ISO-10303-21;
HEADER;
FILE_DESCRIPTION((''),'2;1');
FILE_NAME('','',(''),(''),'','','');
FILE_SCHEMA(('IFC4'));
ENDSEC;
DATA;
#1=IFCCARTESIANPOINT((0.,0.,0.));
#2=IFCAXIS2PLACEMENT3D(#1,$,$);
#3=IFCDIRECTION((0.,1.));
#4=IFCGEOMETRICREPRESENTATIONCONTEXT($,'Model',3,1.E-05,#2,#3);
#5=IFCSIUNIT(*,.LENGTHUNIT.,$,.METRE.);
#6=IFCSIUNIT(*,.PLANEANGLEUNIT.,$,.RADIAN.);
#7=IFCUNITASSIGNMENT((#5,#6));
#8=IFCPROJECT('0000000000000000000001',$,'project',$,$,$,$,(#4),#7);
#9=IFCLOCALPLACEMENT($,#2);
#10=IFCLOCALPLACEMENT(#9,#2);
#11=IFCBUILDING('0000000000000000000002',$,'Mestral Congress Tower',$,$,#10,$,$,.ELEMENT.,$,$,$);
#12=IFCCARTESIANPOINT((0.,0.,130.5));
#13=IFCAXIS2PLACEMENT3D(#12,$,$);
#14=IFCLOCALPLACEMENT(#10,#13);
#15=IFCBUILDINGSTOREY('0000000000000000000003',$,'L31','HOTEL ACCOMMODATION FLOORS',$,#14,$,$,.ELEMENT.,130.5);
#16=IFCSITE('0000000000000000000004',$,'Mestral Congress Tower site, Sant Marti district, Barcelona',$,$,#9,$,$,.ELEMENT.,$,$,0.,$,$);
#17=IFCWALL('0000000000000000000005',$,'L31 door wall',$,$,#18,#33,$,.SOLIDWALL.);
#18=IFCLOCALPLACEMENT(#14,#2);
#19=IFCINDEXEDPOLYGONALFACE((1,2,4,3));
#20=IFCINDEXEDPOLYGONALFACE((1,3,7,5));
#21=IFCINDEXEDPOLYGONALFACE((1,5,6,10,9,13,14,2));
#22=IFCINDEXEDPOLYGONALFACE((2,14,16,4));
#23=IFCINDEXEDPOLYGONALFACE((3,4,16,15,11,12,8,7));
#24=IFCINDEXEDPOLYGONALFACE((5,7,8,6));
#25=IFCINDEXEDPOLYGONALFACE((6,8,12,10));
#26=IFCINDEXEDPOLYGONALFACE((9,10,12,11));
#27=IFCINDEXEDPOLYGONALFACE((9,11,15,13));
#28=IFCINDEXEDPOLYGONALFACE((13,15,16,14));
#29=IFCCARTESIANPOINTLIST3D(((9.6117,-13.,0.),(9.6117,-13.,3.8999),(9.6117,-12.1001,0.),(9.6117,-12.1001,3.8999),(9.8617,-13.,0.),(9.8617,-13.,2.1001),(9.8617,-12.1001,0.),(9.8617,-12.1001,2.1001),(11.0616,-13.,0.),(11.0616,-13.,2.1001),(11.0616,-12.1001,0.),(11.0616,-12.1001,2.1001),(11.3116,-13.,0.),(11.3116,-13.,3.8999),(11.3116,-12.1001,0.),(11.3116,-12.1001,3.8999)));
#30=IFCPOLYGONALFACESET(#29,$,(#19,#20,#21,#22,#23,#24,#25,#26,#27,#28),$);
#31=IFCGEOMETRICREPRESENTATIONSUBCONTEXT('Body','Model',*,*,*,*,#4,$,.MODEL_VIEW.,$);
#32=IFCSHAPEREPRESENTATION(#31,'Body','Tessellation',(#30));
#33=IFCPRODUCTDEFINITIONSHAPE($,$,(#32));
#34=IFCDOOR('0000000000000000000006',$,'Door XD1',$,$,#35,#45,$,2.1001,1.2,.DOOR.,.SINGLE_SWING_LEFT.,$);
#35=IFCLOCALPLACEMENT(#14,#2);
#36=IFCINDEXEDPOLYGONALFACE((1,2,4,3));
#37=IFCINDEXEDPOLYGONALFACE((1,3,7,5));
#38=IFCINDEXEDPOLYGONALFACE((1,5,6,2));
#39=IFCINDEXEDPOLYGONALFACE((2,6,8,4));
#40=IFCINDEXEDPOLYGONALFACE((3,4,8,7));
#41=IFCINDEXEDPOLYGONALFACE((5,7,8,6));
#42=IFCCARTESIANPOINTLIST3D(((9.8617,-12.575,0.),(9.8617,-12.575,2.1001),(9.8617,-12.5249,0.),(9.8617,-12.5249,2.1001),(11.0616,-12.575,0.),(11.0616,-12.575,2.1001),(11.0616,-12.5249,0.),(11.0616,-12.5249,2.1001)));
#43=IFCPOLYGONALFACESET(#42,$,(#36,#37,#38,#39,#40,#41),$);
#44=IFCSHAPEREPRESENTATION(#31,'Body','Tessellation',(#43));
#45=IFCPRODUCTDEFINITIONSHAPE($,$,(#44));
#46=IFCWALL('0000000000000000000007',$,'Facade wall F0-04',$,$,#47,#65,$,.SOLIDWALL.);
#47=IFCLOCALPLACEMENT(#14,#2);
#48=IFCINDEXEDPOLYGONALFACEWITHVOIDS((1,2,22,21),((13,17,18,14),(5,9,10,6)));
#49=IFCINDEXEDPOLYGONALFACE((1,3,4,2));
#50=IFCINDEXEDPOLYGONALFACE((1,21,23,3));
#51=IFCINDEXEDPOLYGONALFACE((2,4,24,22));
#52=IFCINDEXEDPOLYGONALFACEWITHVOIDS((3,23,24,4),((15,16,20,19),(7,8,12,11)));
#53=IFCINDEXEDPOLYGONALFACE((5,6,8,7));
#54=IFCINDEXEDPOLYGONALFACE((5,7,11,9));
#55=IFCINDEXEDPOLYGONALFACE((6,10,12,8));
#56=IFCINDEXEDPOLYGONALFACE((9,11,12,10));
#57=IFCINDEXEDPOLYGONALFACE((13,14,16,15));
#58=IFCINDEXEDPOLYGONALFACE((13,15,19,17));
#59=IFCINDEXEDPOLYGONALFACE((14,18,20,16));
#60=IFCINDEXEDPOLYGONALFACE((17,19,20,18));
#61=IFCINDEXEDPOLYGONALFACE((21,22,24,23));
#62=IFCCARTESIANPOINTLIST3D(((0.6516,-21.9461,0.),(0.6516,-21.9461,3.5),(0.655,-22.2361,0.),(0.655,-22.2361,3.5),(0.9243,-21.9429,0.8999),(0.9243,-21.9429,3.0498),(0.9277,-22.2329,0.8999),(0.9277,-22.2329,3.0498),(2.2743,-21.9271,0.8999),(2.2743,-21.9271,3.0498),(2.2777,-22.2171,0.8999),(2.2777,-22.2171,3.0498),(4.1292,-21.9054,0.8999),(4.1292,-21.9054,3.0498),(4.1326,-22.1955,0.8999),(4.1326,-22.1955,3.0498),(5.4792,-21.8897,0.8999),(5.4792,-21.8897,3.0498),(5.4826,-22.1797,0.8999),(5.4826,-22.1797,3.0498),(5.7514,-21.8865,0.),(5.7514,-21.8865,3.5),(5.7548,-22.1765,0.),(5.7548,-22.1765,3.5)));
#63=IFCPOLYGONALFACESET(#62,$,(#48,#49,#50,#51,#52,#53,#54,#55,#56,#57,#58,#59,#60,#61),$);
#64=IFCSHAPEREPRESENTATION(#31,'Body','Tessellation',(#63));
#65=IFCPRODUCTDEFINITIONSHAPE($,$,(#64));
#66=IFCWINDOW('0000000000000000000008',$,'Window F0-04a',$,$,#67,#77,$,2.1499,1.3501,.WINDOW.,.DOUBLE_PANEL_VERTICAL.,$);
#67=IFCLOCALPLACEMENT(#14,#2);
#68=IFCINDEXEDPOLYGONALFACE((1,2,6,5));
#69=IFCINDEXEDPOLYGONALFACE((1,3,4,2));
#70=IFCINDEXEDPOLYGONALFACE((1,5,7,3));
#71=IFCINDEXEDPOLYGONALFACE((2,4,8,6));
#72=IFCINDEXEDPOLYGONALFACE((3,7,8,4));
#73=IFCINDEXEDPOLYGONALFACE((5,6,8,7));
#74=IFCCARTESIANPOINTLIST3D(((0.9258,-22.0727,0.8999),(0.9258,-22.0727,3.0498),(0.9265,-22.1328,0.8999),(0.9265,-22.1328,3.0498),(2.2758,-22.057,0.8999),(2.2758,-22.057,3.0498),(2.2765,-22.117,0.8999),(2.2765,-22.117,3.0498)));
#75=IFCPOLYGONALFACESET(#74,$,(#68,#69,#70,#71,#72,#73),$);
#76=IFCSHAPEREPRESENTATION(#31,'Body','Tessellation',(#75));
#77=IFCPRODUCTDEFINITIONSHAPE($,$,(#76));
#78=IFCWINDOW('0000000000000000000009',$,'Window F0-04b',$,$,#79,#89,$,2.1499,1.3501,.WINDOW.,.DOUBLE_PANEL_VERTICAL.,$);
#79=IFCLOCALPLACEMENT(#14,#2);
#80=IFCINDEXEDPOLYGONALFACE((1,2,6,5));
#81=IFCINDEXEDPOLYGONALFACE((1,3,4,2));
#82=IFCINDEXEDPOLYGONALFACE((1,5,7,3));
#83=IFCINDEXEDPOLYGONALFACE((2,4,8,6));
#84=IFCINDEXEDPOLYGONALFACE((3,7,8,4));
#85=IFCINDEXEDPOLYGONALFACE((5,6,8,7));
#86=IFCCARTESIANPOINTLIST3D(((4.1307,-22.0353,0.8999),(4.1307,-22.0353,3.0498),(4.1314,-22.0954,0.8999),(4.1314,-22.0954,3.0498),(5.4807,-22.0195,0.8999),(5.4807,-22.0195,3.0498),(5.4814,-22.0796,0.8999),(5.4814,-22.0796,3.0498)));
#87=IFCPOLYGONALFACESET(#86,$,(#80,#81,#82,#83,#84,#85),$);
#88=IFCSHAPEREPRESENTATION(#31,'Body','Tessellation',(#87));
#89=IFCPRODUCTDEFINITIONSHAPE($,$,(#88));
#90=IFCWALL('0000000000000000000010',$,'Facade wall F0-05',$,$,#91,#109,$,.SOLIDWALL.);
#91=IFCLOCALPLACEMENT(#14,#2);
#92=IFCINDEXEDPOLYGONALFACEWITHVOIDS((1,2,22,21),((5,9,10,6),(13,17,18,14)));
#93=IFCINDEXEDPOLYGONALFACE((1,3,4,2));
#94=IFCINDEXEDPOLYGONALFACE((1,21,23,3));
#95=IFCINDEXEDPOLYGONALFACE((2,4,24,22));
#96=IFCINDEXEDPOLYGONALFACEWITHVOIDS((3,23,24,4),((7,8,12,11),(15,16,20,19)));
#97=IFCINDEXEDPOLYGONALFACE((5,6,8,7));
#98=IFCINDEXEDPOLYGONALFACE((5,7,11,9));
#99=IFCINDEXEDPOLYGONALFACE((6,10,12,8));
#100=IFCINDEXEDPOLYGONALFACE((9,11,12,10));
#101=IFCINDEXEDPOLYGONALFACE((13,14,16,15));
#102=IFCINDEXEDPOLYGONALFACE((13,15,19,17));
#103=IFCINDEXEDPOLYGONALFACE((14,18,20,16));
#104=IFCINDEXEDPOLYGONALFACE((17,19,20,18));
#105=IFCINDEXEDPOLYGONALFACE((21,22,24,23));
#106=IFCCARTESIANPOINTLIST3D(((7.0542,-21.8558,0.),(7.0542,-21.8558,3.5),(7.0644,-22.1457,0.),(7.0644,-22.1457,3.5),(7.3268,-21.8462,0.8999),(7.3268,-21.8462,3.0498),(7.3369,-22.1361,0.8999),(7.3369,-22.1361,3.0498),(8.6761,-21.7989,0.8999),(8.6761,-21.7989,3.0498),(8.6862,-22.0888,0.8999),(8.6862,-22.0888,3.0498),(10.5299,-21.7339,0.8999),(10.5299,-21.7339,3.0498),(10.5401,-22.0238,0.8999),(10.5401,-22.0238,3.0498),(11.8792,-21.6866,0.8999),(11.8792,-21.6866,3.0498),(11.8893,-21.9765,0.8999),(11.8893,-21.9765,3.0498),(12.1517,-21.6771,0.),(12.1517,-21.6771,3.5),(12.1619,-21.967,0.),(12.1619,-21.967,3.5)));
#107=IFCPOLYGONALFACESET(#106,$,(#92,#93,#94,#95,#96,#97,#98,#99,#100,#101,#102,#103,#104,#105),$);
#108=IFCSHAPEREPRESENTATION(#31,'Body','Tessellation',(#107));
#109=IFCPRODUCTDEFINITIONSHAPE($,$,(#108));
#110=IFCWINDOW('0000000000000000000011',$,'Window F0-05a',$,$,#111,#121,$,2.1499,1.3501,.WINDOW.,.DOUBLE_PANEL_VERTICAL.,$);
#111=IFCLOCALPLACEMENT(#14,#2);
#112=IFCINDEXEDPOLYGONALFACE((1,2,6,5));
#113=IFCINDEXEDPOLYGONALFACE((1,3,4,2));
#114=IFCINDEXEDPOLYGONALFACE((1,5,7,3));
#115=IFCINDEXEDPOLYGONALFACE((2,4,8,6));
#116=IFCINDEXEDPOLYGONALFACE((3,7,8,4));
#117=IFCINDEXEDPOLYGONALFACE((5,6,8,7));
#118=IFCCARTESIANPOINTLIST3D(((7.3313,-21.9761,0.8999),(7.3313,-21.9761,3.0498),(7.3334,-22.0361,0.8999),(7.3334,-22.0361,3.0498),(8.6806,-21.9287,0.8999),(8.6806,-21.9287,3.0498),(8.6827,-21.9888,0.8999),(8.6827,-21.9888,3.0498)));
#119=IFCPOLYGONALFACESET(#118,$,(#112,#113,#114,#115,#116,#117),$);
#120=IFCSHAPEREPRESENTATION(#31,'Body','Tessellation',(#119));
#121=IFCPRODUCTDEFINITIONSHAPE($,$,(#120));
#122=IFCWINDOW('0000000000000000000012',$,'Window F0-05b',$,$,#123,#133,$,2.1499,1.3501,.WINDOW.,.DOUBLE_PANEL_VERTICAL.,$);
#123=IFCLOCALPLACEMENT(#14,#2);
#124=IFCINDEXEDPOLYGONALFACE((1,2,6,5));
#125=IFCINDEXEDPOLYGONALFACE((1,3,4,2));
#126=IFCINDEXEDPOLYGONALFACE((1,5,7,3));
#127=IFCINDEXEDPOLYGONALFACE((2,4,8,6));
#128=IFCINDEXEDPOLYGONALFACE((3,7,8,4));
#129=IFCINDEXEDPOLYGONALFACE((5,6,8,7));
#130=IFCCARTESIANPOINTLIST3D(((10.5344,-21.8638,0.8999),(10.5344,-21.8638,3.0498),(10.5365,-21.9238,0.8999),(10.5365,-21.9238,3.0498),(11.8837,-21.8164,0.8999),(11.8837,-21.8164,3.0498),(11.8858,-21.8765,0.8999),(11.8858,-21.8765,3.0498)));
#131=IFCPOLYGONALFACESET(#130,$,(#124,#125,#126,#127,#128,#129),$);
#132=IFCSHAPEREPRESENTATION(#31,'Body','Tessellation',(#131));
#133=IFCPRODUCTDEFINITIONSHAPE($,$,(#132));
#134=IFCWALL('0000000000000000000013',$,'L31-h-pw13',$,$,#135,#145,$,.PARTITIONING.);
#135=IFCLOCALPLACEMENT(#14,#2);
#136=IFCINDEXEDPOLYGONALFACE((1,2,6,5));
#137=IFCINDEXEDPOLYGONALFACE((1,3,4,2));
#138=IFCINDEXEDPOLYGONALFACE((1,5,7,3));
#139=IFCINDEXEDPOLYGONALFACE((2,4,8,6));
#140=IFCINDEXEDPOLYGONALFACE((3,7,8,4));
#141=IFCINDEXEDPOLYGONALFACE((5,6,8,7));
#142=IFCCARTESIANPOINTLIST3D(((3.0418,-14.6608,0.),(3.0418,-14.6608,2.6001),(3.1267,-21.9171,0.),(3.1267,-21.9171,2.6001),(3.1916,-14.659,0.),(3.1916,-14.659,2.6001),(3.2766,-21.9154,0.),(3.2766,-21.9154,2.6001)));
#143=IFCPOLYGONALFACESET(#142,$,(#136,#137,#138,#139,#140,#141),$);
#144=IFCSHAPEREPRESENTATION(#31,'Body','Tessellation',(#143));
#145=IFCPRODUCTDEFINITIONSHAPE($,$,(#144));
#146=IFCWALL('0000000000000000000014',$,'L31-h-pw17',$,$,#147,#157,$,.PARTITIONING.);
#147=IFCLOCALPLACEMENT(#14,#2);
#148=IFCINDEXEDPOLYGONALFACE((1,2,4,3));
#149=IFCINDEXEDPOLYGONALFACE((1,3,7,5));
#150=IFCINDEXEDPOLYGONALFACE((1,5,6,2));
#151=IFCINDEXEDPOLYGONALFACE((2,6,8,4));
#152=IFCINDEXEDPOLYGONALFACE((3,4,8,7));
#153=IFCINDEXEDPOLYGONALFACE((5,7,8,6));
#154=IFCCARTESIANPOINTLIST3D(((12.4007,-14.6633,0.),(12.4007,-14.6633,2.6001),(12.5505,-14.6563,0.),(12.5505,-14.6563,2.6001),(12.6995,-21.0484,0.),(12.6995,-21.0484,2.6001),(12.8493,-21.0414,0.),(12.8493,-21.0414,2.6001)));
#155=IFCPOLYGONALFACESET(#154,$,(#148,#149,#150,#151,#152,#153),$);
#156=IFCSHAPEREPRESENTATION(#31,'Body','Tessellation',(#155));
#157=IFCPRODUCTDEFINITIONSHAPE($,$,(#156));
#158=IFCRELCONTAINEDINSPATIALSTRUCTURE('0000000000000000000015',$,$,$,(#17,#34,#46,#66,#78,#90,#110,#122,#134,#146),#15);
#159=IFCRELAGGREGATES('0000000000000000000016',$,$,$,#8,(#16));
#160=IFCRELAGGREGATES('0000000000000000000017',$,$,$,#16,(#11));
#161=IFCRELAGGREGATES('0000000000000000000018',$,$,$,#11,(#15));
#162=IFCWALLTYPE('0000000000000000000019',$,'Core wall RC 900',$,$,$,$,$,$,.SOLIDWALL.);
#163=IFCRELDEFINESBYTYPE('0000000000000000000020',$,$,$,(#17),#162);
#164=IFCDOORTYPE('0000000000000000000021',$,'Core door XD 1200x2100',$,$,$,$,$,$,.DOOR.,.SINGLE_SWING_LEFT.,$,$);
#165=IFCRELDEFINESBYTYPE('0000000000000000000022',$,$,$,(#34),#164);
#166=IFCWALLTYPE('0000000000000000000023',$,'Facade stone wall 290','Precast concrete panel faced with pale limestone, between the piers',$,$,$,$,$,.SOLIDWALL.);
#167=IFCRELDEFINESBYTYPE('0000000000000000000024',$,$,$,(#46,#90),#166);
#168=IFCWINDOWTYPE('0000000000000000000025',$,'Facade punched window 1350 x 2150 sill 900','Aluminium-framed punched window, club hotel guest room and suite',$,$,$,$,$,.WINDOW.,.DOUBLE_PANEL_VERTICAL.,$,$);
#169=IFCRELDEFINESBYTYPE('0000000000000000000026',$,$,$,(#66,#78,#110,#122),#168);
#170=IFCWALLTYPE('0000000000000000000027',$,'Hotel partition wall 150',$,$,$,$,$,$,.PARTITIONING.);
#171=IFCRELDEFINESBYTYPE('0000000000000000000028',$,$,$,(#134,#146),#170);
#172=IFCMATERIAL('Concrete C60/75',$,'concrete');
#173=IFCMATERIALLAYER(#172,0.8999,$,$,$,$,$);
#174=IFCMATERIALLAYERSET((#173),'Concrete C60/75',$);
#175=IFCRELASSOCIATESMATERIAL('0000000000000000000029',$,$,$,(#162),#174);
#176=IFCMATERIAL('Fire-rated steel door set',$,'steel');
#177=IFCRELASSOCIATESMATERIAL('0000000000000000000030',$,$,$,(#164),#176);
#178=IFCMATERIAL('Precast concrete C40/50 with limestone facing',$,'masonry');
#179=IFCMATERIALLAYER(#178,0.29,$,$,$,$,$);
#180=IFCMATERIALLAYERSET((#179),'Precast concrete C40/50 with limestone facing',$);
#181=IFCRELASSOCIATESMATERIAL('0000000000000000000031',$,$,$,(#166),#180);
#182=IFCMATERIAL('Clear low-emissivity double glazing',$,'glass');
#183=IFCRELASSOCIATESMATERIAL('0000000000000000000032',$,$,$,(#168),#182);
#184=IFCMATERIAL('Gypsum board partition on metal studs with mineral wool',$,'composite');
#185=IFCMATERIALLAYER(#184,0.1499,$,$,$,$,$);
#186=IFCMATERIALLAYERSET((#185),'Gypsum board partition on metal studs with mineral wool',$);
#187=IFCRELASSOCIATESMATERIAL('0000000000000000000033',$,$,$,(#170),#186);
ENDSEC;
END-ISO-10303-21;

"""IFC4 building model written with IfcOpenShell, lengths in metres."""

from ifc_helpers import new_model, si_unit, direction, frame, frame_2d, origin, place, context, subcontext, project, spatial, rectangle, extrude, material, layer, layer_set, type_object, element, fill, save


model = new_model("IFC4")

# Units and contexts
model_context = context("Model", 3, precision=1e-05, world=origin(), true_north=direction((0.0, 1.0)))
body_context = subcontext(model_context, "Body", "Model", "MODEL_VIEW")
ifc_project = project(units=[si_unit("LENGTHUNIT", "METRE"), si_unit("PLANEANGLEUNIT", "RADIAN")], contexts=[model_context])

# Site, building, storey
site_placement = place(None, origin())
site = spatial("IfcSite", under=ifc_project, at=site_placement, Name="Mestral Congress Tower site, Sant Marti district, Barcelona", CompositionType="ELEMENT", RefElevation=0.0)
building_placement = place(site_placement, origin())
building = spatial("IfcBuilding", under=site, at=building_placement, Name="Mestral Congress Tower", CompositionType="ELEMENT")
storey_placement = place(building_placement, frame((0.0, 0.0, 130.5)))
storey = spatial("IfcBuildingStorey", under=building, at=storey_placement, Name="L31", Description="HOTEL ACCOMMODATION FLOORS", CompositionType="ELEMENT", Elevation=130.5)

# Shared definitions
ifc_material_1 = material(Name="Fire-rated steel door set", Category="steel")

# Shared definitions
ifc_material_2 = material(Name="Concrete C60/75", Category="concrete")
ifc_layer_1 = layer(ifc_material_2, 0.8999)
ifc_layer_set_1 = layer_set([ifc_layer_1], Name="Concrete C60/75")
wall_type_1 = type_object("IfcWallType", Name="Core wall RC 900", PredefinedType="SOLIDWALL", material=ifc_layer_set_1)

# Wall, opening, door
wall_1_placement = place(storey_placement, frame((11.3118, -12.55, 0.0), z_axis=(0.0, 0.0, 1.0), x_axis=(-1.0, 0.0, 0.0)))
wall_1 = element("IfcWall", 1, at=wall_1_placement, inside=storey, type_object=wall_type_1, Name="L31 door wall", PredefinedType="SOLIDWALL", context=body_context, shape_type="SweptSolid", body=[
    extrude(rectangle(XDim=1.7, YDim=0.8999, at=frame_2d((0.8501, 0.0))), origin(), (0.0, 0.0, 1.0), 3.8999),
])
opening_1_placement = place(wall_1_placement, frame((0.25, 0.0, 0.0)))
opening_1 = element("IfcOpeningElement", 2, at=opening_1_placement, cuts=wall_1, PredefinedType="OPENING", context=body_context, shape_type="SweptSolid", body=[
    extrude(rectangle(XDim=1.2, YDim=2.1001, at=frame_2d((0.6001, 1.05))), frame((0.0, 0.46, 0.0), z_axis=(0.0, -1.0, 0.0), x_axis=(1.0, 0.0, 0.0)), (0.0, 0.0, 1.0), 0.9199),
])
door_type_1 = type_object("IfcDoorType", Name="Core door XD 1200x2100", OperationType="SINGLE_SWING_LEFT", PredefinedType="DOOR", material=ifc_material_1)
door_1_placement = place(opening_1_placement, origin())
door_1 = element("IfcDoor", 3, at=door_1_placement, inside=storey, type_object=door_type_1, Name="Door XD1", OperationType="SINGLE_SWING_LEFT", OverallHeight=2.1001, OverallWidth=1.2, PredefinedType="DOOR", context=body_context, shape_type="SweptSolid", body=[
    extrude(rectangle(XDim=1.2, YDim=2.1001, at=frame_2d((0.6001, 1.05))), frame((0.0, 0.0249, 0.0), z_axis=(0.0, -1.0, 0.0), x_axis=(1.0, 0.0, 0.0)), (0.0, 0.0, 1.0), 0.05),
])
fill(opening_1, door_1)

# Walls, openings, windows
ifc_material_3 = material(Name="Precast concrete C40/50 with limestone facing", Category="masonry")
ifc_layer_2 = layer(ifc_material_3, 0.29)
ifc_layer_set_2 = layer_set([ifc_layer_2], Name="Precast concrete C40/50 with limestone facing")
wall_type_2 = type_object("IfcWallType", Name="Facade stone wall 290", Description="Precast concrete panel faced with pale limestone, between the piers", PredefinedType="SOLIDWALL", material=ifc_layer_set_2)
wall_2_placement = place(storey_placement, frame((0.6533, -22.0911, 0.0), z_axis=(0.0, 0.0, 1.0), x_axis=(0.999932, 0.01168, 0.0)))
wall_2 = element("IfcWall", 4, at=wall_2_placement, inside=storey, type_object=wall_type_2, Name="Facade wall F0-04", PredefinedType="SOLIDWALL", context=body_context, shape_type="SweptSolid", body=[
    extrude(rectangle(XDim=5.1001, YDim=0.29, at=frame_2d((2.55, 0.0))), origin(), (0.0, 0.0, 1.0), 3.5),
])
opening_2_placement = place(wall_2_placement, frame((0.2727, 0.0, 0.8999)))
opening_2 = element("IfcOpeningElement", 5, at=opening_2_placement, cuts=wall_2, PredefinedType="OPENING", context=body_context, shape_type="SweptSolid", body=[
    extrude(rectangle(XDim=1.3501, YDim=2.1499, at=frame_2d((0.675, 1.075))), frame((0.0, 0.155, 0.0), z_axis=(0.0, -1.0, 0.0), x_axis=(1.0, 0.0, 0.0)), (0.0, 0.0, 1.0), 0.3101),
])
opening_3_placement = place(wall_2_placement, frame((3.4778, 0.0, 0.8999)))
opening_3 = element("IfcOpeningElement", 6, at=opening_3_placement, cuts=wall_2, PredefinedType="OPENING", context=body_context, shape_type="SweptSolid", body=[
    extrude(rectangle(XDim=1.3501, YDim=2.1499, at=frame_2d((0.675, 1.075))), frame((0.0, 0.155, 0.0), z_axis=(0.0, -1.0, 0.0), x_axis=(1.0, 0.0, 0.0)), (0.0, 0.0, 1.0), 0.3101),
])
ifc_material_4 = material(Name="Clear low-emissivity double glazing", Category="glass")
window_type = type_object("IfcWindowType", Name="Facade punched window 1350 x 2150 sill 900", Description="Aluminium-framed punched window, club hotel guest room and suite", PartitioningType="DOUBLE_PANEL_VERTICAL", PredefinedType="WINDOW", material=ifc_material_4)
window_1_placement = place(opening_2_placement, origin())
window_1 = element("IfcWindow", 7, at=window_1_placement, inside=storey, type_object=window_type, Name="Window F0-04a", OverallHeight=2.1499, OverallWidth=1.3501, PartitioningType="DOUBLE_PANEL_VERTICAL", PredefinedType="WINDOW", context=body_context, shape_type="SweptSolid", body=[
    extrude(rectangle(XDim=1.3501, YDim=2.1499, at=frame_2d((0.675, 1.075))), frame((0.0, 0.0151, 0.0), z_axis=(0.0, -1.0, 0.0), x_axis=(1.0, 0.0, 0.0)), (0.0, 0.0, 1.0), 0.0601),
])
fill(opening_2, window_1)
window_2_placement = place(opening_3_placement, origin())
window_2 = element("IfcWindow", 8, at=window_2_placement, inside=storey, type_object=window_type, Name="Window F0-04b", OverallHeight=2.1499, OverallWidth=1.3501, PartitioningType="DOUBLE_PANEL_VERTICAL", PredefinedType="WINDOW", context=body_context, shape_type="SweptSolid", body=[
    extrude(rectangle(XDim=1.3501, YDim=2.1499, at=frame_2d((0.675, 1.075))), frame((0.0, 0.0151, 0.0), z_axis=(0.0, -1.0, 0.0), x_axis=(1.0, 0.0, 0.0)), (0.0, 0.0, 1.0), 0.0601),
])
fill(opening_3, window_2)
wall_3_placement = place(storey_placement, frame((7.0593, -22.0007, 0.0), z_axis=(0.0, 0.0, 1.0), x_axis=(0.999386, 0.035038, 0.0)))
wall_3 = element("IfcWall", 9, at=wall_3_placement, inside=storey, type_object=wall_type_2, Name="Facade wall F0-05", PredefinedType="SOLIDWALL", context=body_context, shape_type="SweptSolid", body=[
    extrude(rectangle(XDim=5.1006, YDim=0.29, at=frame_2d((2.5503, 0.0))), origin(), (0.0, 0.0, 1.0), 3.5),
])
opening_4_placement = place(wall_3_placement, frame((0.2727, 0.0, 0.8999)))
opening_4 = element("IfcOpeningElement", 10, at=opening_4_placement, cuts=wall_3, PredefinedType="OPENING", context=body_context, shape_type="SweptSolid", body=[
    extrude(rectangle(XDim=1.3501, YDim=2.1499, at=frame_2d((0.675, 1.075))), frame((0.0, 0.155, 0.0), z_axis=(0.0, -1.0, 0.0), x_axis=(1.0, 0.0, 0.0)), (0.0, 0.0, 1.0), 0.3101),
])
opening_5_placement = place(wall_3_placement, frame((3.4778, 0.0, 0.8999)))
opening_5 = element("IfcOpeningElement", 11, at=opening_5_placement, cuts=wall_3, PredefinedType="OPENING", context=body_context, shape_type="SweptSolid", body=[
    extrude(rectangle(XDim=1.3501, YDim=2.1499, at=frame_2d((0.675, 1.075))), frame((0.0, 0.155, 0.0), z_axis=(0.0, -1.0, 0.0), x_axis=(1.0, 0.0, 0.0)), (0.0, 0.0, 1.0), 0.3101),
])
window_3_placement = place(opening_4_placement, origin())
window_3 = element("IfcWindow", 12, at=window_3_placement, inside=storey, type_object=window_type, Name="Window F0-05a", OverallHeight=2.1499, OverallWidth=1.3501, PartitioningType="DOUBLE_PANEL_VERTICAL", PredefinedType="WINDOW", context=body_context, shape_type="SweptSolid", body=[
    extrude(rectangle(XDim=1.3501, YDim=2.1499, at=frame_2d((0.675, 1.075))), frame((0.0, 0.0151, 0.0), z_axis=(0.0, -1.0, 0.0), x_axis=(1.0, 0.0, 0.0)), (0.0, 0.0, 1.0), 0.0601),
])
fill(opening_4, window_3)
window_4_placement = place(opening_5_placement, origin())
window_4 = element("IfcWindow", 13, at=window_4_placement, inside=storey, type_object=window_type, Name="Window F0-05b", OverallHeight=2.1499, OverallWidth=1.3501, PartitioningType="DOUBLE_PANEL_VERTICAL", PredefinedType="WINDOW", context=body_context, shape_type="SweptSolid", body=[
    extrude(rectangle(XDim=1.3501, YDim=2.1499, at=frame_2d((0.675, 1.075))), frame((0.0, 0.0151, 0.0), z_axis=(0.0, -1.0, 0.0), x_axis=(1.0, 0.0, 0.0)), (0.0, 0.0, 1.0), 0.0601),
])
fill(opening_5, window_4)

# Walls
ifc_material_5 = material(Name="Gypsum board partition on metal studs with mineral wool", Category="composite")
ifc_layer_3 = layer(ifc_material_5, 0.1499)
ifc_layer_set_3 = layer_set([ifc_layer_3], Name="Gypsum board partition on metal studs with mineral wool")
wall_type_3 = type_object("IfcWallType", Name="Hotel partition wall 150", PredefinedType="PARTITIONING", material=ifc_layer_set_3)
wall_4_placement = place(storey_placement, frame((3.2017, -21.9163, 0.0), z_axis=(0.0, 0.0, 1.0), x_axis=(-0.011708, 0.999931, 0.0)))
element("IfcWall", 14, at=wall_4_placement, inside=storey, type_object=wall_type_3, Name="L31-h-pw13", PredefinedType="PARTITIONING", context=body_context, shape_type="SweptSolid", body=[
    extrude(rectangle(XDim=7.2568, YDim=0.1499, at=frame_2d((3.6284, 0.0))), origin(), (0.0, 0.0, 1.0), 2.6001),
])
wall_5_placement = place(storey_placement, frame((12.7744, -21.0449, 0.0), z_axis=(0.0, 0.0, 1.0), x_axis=(-0.04675, 0.998907, 0.0)))
element("IfcWall", 15, at=wall_5_placement, inside=storey, type_object=wall_type_3, Name="L31-h-pw17", PredefinedType="PARTITIONING", context=body_context, shape_type="SweptSolid", body=[
    extrude(rectangle(XDim=6.3921, YDim=0.1499, at=frame_2d((3.196, 0.0))), origin(), (0.0, 0.0, 1.0), 2.6001),
])

save(model, "model.ifc")
